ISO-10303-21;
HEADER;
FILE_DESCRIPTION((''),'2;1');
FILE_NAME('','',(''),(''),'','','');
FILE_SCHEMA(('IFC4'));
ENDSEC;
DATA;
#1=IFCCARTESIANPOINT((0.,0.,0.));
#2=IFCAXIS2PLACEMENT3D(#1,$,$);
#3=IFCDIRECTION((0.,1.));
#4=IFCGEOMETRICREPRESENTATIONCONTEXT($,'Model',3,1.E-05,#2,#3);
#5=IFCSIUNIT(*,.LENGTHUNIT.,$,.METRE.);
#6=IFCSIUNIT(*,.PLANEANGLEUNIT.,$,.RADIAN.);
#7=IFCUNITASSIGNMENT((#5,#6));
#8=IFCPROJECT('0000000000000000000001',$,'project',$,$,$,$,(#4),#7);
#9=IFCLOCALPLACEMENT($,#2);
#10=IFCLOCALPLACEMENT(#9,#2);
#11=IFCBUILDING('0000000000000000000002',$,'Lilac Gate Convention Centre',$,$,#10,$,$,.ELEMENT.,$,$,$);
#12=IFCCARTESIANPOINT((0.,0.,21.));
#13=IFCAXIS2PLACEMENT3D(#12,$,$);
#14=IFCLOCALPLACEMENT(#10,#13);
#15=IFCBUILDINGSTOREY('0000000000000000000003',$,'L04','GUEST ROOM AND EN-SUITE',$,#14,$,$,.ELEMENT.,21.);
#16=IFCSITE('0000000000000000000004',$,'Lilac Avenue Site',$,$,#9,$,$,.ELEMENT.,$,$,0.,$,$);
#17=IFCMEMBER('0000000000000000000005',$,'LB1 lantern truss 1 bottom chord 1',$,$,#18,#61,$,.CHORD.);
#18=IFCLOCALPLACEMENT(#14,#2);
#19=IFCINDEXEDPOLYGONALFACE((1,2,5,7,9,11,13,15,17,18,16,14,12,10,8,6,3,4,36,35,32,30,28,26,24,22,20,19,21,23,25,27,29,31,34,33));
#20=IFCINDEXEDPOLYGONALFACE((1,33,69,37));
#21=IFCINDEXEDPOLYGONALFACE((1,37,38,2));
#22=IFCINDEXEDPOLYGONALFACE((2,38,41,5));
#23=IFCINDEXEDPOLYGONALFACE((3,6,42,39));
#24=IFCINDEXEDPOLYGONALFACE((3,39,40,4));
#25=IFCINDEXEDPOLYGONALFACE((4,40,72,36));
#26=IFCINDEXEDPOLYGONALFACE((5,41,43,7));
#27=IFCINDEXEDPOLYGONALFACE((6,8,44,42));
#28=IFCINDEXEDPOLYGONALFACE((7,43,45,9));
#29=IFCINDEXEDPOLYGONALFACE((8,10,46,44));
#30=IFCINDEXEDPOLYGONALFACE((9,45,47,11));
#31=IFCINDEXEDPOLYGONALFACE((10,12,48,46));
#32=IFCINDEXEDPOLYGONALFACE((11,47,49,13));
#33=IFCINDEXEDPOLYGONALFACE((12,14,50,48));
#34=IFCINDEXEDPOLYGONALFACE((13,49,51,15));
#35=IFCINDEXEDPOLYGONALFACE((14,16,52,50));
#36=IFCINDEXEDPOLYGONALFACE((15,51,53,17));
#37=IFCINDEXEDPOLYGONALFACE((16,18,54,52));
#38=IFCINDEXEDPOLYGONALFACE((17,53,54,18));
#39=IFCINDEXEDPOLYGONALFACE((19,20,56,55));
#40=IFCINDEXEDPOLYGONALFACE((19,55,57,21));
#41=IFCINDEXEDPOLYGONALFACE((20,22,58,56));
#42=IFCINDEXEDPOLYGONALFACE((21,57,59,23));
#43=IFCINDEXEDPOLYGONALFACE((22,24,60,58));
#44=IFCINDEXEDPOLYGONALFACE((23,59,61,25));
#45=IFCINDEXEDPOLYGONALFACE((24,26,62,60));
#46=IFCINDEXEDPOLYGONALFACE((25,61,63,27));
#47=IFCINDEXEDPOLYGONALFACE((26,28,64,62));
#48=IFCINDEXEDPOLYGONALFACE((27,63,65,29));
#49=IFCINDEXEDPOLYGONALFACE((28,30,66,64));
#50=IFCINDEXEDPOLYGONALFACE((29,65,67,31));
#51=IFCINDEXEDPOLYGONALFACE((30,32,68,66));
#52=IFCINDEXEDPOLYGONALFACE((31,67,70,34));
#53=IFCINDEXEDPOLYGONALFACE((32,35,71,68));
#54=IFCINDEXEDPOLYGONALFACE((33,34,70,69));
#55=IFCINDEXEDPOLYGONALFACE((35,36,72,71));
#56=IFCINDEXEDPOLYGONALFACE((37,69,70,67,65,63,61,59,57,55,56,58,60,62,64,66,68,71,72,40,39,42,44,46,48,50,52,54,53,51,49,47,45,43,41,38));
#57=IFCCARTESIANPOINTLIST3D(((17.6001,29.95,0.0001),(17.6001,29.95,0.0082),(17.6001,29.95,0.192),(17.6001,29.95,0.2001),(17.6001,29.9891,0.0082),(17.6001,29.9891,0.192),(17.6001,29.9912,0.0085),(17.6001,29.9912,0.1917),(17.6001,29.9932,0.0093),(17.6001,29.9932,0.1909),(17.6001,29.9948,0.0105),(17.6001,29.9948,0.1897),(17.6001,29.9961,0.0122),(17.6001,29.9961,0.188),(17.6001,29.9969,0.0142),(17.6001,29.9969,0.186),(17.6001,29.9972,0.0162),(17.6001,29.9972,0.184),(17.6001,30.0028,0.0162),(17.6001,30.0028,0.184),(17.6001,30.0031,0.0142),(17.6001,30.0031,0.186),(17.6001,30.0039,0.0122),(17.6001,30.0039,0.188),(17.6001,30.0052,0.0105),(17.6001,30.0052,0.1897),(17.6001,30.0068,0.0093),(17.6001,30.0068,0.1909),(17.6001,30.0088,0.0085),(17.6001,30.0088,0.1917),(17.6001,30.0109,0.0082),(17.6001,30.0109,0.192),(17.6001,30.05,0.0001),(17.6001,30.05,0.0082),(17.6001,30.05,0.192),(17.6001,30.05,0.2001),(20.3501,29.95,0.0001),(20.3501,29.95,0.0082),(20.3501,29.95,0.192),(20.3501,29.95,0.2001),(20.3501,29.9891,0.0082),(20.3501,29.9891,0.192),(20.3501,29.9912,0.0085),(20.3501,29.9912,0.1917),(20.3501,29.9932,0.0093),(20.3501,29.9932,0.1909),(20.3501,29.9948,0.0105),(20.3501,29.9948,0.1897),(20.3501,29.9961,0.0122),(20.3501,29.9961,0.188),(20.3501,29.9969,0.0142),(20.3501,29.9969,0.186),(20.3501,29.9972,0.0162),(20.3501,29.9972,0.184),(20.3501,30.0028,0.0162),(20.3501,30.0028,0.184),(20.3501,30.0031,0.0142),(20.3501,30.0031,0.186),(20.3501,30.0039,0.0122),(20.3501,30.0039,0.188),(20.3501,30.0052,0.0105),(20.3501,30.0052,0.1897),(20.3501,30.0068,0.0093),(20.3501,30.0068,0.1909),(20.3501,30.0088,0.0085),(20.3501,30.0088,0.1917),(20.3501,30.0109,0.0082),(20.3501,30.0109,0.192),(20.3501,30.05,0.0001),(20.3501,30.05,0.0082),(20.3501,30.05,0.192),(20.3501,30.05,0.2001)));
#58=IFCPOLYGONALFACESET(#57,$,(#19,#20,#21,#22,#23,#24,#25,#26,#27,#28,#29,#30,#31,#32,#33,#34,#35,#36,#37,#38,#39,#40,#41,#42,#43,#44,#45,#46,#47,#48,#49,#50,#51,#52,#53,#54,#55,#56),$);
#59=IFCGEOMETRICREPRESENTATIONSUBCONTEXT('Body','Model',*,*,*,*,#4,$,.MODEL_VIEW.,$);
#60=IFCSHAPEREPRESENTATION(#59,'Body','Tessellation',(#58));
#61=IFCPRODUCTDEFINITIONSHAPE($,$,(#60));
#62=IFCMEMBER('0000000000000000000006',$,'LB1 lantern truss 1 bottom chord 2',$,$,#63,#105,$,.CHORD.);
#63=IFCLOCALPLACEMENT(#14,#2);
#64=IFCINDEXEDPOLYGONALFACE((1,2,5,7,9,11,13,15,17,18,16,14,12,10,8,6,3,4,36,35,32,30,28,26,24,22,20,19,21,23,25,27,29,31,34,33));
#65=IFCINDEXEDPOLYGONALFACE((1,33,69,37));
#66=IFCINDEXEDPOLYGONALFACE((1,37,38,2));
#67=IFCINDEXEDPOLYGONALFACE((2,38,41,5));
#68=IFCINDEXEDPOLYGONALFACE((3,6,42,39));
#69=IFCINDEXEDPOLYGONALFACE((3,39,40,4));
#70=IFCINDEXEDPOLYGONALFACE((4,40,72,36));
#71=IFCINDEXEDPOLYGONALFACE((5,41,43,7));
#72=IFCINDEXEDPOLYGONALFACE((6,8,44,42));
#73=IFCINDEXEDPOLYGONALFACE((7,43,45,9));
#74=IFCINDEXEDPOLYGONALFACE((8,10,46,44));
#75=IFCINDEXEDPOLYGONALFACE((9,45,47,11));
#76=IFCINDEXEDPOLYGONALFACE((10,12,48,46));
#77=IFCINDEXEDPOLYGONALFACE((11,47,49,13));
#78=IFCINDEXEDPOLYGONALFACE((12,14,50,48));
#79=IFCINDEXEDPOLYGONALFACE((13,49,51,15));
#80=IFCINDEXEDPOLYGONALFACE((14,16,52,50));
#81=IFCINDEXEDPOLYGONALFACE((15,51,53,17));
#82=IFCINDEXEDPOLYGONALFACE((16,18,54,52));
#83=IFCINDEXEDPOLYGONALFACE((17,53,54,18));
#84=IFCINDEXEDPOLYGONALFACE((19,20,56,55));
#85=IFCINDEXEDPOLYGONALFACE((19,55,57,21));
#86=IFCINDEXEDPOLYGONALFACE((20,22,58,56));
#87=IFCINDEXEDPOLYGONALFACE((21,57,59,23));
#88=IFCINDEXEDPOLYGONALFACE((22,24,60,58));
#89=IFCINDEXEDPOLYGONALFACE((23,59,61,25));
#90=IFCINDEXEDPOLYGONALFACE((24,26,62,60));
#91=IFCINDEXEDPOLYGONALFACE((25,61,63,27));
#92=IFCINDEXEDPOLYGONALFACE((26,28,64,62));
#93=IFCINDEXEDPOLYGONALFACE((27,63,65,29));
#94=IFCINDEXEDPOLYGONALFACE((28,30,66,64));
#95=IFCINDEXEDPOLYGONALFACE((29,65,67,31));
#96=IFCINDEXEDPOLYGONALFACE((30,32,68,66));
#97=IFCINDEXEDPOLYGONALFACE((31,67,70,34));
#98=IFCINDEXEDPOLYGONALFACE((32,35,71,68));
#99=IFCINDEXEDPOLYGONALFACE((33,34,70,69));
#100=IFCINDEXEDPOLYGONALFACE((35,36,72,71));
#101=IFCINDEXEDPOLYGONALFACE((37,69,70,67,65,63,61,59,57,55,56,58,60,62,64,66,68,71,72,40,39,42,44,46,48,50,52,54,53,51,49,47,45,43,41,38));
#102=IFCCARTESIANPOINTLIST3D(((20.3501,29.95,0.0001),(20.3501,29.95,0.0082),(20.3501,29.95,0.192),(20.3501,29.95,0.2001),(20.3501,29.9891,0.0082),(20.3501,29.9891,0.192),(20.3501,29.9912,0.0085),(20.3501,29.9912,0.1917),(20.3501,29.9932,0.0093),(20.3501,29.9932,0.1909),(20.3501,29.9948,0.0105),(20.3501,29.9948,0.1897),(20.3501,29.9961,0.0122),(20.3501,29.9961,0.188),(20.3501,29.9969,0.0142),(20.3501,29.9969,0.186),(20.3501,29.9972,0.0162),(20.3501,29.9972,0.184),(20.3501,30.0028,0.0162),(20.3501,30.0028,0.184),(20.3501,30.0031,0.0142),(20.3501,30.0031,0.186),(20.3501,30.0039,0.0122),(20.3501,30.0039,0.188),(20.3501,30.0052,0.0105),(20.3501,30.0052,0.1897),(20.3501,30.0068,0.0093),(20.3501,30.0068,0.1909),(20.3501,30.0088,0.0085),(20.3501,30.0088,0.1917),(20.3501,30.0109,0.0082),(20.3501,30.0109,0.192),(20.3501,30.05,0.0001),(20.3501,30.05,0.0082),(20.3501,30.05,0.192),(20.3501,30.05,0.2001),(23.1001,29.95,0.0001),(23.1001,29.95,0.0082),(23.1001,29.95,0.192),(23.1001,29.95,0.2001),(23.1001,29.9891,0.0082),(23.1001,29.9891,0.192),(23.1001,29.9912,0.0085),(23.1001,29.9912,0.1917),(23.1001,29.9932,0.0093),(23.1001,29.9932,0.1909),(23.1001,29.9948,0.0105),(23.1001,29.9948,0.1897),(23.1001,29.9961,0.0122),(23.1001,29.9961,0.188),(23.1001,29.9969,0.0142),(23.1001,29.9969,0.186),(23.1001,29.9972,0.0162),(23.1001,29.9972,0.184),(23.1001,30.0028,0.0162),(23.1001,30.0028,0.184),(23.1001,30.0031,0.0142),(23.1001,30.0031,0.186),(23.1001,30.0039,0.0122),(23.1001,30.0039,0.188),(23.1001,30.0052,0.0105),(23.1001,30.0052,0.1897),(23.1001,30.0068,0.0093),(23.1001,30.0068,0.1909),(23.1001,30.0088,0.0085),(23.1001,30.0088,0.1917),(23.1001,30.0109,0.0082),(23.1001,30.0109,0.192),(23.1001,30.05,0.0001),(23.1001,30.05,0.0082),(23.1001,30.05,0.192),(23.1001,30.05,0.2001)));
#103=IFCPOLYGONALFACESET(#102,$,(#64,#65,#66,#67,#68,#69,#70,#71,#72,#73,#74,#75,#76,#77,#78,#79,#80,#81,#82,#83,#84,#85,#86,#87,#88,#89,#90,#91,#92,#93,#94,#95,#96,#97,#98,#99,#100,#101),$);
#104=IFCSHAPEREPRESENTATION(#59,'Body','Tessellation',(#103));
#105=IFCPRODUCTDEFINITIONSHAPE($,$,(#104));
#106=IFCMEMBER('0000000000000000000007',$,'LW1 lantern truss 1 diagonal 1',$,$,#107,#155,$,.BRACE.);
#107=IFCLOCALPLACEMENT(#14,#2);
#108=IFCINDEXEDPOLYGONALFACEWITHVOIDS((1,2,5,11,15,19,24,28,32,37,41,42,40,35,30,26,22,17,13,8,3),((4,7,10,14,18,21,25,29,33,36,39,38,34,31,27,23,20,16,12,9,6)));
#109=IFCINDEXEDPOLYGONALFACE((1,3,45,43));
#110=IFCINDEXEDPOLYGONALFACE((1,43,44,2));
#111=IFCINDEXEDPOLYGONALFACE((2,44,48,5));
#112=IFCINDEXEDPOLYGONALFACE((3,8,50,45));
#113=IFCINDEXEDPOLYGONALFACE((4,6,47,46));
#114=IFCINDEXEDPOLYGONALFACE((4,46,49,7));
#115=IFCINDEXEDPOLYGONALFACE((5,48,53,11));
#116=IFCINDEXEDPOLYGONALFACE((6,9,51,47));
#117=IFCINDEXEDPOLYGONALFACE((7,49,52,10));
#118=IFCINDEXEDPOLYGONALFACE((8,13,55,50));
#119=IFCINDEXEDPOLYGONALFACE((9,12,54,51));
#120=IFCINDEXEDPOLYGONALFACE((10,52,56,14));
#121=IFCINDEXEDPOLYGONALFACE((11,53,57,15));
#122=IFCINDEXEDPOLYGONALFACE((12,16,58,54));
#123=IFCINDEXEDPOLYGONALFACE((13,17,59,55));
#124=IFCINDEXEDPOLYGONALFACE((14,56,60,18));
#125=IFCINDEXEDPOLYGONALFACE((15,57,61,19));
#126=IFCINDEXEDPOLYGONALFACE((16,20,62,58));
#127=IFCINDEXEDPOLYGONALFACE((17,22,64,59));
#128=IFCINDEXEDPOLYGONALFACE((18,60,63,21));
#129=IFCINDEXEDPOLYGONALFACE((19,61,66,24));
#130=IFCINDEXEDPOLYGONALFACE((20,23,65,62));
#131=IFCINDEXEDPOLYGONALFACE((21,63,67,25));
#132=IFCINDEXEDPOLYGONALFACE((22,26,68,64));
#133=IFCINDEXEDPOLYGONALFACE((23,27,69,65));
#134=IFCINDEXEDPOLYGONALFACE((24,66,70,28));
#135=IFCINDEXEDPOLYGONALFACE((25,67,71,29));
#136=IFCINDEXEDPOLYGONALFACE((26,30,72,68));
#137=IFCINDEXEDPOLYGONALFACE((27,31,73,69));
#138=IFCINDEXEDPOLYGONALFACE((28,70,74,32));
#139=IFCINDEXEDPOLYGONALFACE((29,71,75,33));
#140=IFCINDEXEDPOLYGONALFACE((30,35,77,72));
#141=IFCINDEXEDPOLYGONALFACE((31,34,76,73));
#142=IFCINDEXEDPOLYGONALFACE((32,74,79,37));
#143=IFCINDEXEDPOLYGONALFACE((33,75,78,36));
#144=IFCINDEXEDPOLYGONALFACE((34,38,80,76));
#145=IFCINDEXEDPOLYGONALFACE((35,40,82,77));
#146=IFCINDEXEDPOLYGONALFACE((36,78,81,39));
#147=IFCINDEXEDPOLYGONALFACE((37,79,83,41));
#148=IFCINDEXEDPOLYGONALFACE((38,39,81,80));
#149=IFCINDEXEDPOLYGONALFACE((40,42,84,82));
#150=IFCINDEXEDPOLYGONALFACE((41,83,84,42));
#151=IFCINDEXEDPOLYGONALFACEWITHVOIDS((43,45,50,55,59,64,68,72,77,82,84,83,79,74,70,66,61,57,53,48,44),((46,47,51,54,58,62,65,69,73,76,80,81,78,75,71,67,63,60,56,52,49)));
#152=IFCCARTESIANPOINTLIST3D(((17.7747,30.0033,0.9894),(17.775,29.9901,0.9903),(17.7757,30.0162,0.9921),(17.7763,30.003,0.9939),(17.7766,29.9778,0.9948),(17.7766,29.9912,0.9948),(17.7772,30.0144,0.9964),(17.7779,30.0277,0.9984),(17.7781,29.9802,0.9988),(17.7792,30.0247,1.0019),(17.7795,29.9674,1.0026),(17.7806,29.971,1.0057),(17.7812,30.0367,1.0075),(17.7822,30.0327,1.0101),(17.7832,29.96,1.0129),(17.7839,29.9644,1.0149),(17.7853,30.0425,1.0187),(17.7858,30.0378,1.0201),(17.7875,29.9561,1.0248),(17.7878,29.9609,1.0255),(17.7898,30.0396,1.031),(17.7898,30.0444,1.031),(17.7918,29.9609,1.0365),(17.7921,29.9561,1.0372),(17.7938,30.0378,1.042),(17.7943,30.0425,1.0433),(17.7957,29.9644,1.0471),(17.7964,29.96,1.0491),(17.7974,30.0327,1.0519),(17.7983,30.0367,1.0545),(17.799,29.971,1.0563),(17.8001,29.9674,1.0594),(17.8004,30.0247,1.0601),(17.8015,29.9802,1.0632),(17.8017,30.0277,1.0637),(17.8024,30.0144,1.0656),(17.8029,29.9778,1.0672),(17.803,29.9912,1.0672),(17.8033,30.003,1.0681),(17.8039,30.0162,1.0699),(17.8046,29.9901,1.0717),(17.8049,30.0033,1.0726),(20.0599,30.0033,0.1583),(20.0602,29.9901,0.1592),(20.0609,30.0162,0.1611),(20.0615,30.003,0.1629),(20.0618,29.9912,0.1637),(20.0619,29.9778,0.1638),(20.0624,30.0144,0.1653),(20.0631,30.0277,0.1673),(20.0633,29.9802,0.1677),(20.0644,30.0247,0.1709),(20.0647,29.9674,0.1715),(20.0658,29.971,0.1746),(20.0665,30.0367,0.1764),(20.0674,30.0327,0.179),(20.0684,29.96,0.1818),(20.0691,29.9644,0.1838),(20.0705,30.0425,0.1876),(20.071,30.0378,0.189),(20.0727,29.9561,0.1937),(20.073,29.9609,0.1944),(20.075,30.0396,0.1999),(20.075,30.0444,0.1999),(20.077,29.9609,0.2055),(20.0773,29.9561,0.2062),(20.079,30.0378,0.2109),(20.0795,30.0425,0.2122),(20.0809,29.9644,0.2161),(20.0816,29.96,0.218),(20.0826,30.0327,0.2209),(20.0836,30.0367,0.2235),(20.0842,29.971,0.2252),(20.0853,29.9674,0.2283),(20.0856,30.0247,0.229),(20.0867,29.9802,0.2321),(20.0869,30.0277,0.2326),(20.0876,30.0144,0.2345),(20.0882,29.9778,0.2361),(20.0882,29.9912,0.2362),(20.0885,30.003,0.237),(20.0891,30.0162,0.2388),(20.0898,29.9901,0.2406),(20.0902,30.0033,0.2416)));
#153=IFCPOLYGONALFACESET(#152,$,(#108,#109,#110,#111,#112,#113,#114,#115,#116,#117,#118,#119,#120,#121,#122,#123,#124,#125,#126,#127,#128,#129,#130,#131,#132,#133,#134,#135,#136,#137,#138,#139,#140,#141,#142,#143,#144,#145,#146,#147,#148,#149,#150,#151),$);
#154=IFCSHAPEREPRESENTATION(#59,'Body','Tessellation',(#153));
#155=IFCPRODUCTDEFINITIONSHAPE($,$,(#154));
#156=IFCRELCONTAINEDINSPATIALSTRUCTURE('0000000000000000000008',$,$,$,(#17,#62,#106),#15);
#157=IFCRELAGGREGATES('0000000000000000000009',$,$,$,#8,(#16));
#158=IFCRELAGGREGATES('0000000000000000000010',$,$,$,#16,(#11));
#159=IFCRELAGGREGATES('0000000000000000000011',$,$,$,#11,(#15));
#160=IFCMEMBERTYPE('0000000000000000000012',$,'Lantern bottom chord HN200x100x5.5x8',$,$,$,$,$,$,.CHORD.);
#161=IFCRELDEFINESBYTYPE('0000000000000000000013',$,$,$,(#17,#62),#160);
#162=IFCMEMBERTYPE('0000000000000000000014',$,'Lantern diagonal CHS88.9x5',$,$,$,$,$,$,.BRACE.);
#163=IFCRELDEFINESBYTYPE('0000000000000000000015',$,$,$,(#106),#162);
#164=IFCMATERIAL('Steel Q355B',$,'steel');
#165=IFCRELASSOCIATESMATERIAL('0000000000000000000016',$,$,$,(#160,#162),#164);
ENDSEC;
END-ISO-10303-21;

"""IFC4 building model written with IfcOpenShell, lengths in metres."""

from ifc_helpers import new_model, si_unit, direction, frame, origin, origin_2d, place, context, subcontext, project, spatial, hollow_circle, i_section, extrude, material, material_profile, profile_set, type_object, element, save


model = new_model("IFC4")

# Units and contexts
model_context = context("Model", 3, precision=1e-05, world=origin(), true_north=direction((0.0, 1.0)))
body_context = subcontext(model_context, "Body", "Model", "MODEL_VIEW")
ifc_project = project(units=[si_unit("LENGTHUNIT", "METRE"), si_unit("PLANEANGLEUNIT", "RADIAN")], contexts=[model_context])

# Site, building, storey
site_placement = place(None, origin())
site = spatial("IfcSite", under=ifc_project, at=site_placement, Name="Lilac Avenue Site", CompositionType="ELEMENT", RefElevation=0.0)
building_placement = place(site_placement, origin())
building = spatial("IfcBuilding", under=site, at=building_placement, Name="Lilac Gate Convention Centre", CompositionType="ELEMENT")
storey_placement = place(building_placement, frame((0.0, 0.0, 21.0)))
storey = spatial("IfcBuildingStorey", under=building, at=storey_placement, Name="L04", Description="GUEST ROOM AND EN-SUITE", CompositionType="ELEMENT", Elevation=21.0)

# Members
ifc_material_1 = material(Name="Steel Q355B", Category="steel")
ifc_material_profile_1 = material_profile(ifc_material_1, i_section(OverallWidth=0.1001, OverallDepth=0.2, WebThickness=0.0056, FlangeThickness=0.0081, FilletRadius=0.0081, at=origin_2d()), Name="HN200x100x5.5x8")
ifc_profile_set_1 = profile_set([ifc_material_profile_1], Name="Steel Q355B")
member_type_1 = type_object("IfcMemberType", Name="Lantern bottom chord HN200x100x5.5x8", PredefinedType="CHORD", material=ifc_profile_set_1)
for number, where, z_axis, x_axis, name in (
    (1, (17.6001, 30.0, 0.1001), (1.0, 0.0, 0.0), (0.0, 1.0, 0.0), "LB1 lantern truss 1 bottom chord 1"),
    (2, (20.3501, 30.0, 0.1001), (1.0, 0.0, 0.0), (0.0, 1.0, 0.0), "LB1 lantern truss 1 bottom chord 2"),
):
    element("IfcMember", number, at=place(storey_placement, frame(where, z_axis=z_axis, x_axis=x_axis)), inside=storey, type_object=member_type_1, Name=name, PredefinedType="CHORD", context=body_context, shape_type="SweptSolid", body=[
        extrude(i_section(OverallWidth=0.1001, OverallDepth=0.2, WebThickness=0.0056, FlangeThickness=0.0081, FilletRadius=0.0081, at=origin_2d()), origin(), (0.0, 0.0, 1.0), 2.75),
    ])
ifc_material_profile_2 = material_profile(ifc_material_1, hollow_circle(Radius=0.0444, WallThickness=0.0049, at=origin_2d()), Name="CHS88.9x5")
ifc_profile_set_2 = profile_set([ifc_material_profile_2], Name="Steel Q355B")
member_type_2 = type_object("IfcMemberType", Name="Lantern diagonal CHS88.9x5", PredefinedType="BRACE", material=ifc_profile_set_2)
member_1_placement = place(storey_placement, frame((17.7898, 30.0, 1.031), z_axis=(0.939782, 0.0, -0.341775), x_axis=(0.0, 1.0, 0.0)))
element("IfcMember", 3, at=member_1_placement, inside=storey, type_object=member_type_2, Name="LW1 lantern truss 1 diagonal 1", PredefinedType="BRACE", context=body_context, shape_type="SweptSolid", body=[
    extrude(hollow_circle(Radius=0.0444, WallThickness=0.0049, at=origin_2d()), origin(), (0.0, 0.0, 1.0), 2.4316),
])

save(model, "model.ifc")
